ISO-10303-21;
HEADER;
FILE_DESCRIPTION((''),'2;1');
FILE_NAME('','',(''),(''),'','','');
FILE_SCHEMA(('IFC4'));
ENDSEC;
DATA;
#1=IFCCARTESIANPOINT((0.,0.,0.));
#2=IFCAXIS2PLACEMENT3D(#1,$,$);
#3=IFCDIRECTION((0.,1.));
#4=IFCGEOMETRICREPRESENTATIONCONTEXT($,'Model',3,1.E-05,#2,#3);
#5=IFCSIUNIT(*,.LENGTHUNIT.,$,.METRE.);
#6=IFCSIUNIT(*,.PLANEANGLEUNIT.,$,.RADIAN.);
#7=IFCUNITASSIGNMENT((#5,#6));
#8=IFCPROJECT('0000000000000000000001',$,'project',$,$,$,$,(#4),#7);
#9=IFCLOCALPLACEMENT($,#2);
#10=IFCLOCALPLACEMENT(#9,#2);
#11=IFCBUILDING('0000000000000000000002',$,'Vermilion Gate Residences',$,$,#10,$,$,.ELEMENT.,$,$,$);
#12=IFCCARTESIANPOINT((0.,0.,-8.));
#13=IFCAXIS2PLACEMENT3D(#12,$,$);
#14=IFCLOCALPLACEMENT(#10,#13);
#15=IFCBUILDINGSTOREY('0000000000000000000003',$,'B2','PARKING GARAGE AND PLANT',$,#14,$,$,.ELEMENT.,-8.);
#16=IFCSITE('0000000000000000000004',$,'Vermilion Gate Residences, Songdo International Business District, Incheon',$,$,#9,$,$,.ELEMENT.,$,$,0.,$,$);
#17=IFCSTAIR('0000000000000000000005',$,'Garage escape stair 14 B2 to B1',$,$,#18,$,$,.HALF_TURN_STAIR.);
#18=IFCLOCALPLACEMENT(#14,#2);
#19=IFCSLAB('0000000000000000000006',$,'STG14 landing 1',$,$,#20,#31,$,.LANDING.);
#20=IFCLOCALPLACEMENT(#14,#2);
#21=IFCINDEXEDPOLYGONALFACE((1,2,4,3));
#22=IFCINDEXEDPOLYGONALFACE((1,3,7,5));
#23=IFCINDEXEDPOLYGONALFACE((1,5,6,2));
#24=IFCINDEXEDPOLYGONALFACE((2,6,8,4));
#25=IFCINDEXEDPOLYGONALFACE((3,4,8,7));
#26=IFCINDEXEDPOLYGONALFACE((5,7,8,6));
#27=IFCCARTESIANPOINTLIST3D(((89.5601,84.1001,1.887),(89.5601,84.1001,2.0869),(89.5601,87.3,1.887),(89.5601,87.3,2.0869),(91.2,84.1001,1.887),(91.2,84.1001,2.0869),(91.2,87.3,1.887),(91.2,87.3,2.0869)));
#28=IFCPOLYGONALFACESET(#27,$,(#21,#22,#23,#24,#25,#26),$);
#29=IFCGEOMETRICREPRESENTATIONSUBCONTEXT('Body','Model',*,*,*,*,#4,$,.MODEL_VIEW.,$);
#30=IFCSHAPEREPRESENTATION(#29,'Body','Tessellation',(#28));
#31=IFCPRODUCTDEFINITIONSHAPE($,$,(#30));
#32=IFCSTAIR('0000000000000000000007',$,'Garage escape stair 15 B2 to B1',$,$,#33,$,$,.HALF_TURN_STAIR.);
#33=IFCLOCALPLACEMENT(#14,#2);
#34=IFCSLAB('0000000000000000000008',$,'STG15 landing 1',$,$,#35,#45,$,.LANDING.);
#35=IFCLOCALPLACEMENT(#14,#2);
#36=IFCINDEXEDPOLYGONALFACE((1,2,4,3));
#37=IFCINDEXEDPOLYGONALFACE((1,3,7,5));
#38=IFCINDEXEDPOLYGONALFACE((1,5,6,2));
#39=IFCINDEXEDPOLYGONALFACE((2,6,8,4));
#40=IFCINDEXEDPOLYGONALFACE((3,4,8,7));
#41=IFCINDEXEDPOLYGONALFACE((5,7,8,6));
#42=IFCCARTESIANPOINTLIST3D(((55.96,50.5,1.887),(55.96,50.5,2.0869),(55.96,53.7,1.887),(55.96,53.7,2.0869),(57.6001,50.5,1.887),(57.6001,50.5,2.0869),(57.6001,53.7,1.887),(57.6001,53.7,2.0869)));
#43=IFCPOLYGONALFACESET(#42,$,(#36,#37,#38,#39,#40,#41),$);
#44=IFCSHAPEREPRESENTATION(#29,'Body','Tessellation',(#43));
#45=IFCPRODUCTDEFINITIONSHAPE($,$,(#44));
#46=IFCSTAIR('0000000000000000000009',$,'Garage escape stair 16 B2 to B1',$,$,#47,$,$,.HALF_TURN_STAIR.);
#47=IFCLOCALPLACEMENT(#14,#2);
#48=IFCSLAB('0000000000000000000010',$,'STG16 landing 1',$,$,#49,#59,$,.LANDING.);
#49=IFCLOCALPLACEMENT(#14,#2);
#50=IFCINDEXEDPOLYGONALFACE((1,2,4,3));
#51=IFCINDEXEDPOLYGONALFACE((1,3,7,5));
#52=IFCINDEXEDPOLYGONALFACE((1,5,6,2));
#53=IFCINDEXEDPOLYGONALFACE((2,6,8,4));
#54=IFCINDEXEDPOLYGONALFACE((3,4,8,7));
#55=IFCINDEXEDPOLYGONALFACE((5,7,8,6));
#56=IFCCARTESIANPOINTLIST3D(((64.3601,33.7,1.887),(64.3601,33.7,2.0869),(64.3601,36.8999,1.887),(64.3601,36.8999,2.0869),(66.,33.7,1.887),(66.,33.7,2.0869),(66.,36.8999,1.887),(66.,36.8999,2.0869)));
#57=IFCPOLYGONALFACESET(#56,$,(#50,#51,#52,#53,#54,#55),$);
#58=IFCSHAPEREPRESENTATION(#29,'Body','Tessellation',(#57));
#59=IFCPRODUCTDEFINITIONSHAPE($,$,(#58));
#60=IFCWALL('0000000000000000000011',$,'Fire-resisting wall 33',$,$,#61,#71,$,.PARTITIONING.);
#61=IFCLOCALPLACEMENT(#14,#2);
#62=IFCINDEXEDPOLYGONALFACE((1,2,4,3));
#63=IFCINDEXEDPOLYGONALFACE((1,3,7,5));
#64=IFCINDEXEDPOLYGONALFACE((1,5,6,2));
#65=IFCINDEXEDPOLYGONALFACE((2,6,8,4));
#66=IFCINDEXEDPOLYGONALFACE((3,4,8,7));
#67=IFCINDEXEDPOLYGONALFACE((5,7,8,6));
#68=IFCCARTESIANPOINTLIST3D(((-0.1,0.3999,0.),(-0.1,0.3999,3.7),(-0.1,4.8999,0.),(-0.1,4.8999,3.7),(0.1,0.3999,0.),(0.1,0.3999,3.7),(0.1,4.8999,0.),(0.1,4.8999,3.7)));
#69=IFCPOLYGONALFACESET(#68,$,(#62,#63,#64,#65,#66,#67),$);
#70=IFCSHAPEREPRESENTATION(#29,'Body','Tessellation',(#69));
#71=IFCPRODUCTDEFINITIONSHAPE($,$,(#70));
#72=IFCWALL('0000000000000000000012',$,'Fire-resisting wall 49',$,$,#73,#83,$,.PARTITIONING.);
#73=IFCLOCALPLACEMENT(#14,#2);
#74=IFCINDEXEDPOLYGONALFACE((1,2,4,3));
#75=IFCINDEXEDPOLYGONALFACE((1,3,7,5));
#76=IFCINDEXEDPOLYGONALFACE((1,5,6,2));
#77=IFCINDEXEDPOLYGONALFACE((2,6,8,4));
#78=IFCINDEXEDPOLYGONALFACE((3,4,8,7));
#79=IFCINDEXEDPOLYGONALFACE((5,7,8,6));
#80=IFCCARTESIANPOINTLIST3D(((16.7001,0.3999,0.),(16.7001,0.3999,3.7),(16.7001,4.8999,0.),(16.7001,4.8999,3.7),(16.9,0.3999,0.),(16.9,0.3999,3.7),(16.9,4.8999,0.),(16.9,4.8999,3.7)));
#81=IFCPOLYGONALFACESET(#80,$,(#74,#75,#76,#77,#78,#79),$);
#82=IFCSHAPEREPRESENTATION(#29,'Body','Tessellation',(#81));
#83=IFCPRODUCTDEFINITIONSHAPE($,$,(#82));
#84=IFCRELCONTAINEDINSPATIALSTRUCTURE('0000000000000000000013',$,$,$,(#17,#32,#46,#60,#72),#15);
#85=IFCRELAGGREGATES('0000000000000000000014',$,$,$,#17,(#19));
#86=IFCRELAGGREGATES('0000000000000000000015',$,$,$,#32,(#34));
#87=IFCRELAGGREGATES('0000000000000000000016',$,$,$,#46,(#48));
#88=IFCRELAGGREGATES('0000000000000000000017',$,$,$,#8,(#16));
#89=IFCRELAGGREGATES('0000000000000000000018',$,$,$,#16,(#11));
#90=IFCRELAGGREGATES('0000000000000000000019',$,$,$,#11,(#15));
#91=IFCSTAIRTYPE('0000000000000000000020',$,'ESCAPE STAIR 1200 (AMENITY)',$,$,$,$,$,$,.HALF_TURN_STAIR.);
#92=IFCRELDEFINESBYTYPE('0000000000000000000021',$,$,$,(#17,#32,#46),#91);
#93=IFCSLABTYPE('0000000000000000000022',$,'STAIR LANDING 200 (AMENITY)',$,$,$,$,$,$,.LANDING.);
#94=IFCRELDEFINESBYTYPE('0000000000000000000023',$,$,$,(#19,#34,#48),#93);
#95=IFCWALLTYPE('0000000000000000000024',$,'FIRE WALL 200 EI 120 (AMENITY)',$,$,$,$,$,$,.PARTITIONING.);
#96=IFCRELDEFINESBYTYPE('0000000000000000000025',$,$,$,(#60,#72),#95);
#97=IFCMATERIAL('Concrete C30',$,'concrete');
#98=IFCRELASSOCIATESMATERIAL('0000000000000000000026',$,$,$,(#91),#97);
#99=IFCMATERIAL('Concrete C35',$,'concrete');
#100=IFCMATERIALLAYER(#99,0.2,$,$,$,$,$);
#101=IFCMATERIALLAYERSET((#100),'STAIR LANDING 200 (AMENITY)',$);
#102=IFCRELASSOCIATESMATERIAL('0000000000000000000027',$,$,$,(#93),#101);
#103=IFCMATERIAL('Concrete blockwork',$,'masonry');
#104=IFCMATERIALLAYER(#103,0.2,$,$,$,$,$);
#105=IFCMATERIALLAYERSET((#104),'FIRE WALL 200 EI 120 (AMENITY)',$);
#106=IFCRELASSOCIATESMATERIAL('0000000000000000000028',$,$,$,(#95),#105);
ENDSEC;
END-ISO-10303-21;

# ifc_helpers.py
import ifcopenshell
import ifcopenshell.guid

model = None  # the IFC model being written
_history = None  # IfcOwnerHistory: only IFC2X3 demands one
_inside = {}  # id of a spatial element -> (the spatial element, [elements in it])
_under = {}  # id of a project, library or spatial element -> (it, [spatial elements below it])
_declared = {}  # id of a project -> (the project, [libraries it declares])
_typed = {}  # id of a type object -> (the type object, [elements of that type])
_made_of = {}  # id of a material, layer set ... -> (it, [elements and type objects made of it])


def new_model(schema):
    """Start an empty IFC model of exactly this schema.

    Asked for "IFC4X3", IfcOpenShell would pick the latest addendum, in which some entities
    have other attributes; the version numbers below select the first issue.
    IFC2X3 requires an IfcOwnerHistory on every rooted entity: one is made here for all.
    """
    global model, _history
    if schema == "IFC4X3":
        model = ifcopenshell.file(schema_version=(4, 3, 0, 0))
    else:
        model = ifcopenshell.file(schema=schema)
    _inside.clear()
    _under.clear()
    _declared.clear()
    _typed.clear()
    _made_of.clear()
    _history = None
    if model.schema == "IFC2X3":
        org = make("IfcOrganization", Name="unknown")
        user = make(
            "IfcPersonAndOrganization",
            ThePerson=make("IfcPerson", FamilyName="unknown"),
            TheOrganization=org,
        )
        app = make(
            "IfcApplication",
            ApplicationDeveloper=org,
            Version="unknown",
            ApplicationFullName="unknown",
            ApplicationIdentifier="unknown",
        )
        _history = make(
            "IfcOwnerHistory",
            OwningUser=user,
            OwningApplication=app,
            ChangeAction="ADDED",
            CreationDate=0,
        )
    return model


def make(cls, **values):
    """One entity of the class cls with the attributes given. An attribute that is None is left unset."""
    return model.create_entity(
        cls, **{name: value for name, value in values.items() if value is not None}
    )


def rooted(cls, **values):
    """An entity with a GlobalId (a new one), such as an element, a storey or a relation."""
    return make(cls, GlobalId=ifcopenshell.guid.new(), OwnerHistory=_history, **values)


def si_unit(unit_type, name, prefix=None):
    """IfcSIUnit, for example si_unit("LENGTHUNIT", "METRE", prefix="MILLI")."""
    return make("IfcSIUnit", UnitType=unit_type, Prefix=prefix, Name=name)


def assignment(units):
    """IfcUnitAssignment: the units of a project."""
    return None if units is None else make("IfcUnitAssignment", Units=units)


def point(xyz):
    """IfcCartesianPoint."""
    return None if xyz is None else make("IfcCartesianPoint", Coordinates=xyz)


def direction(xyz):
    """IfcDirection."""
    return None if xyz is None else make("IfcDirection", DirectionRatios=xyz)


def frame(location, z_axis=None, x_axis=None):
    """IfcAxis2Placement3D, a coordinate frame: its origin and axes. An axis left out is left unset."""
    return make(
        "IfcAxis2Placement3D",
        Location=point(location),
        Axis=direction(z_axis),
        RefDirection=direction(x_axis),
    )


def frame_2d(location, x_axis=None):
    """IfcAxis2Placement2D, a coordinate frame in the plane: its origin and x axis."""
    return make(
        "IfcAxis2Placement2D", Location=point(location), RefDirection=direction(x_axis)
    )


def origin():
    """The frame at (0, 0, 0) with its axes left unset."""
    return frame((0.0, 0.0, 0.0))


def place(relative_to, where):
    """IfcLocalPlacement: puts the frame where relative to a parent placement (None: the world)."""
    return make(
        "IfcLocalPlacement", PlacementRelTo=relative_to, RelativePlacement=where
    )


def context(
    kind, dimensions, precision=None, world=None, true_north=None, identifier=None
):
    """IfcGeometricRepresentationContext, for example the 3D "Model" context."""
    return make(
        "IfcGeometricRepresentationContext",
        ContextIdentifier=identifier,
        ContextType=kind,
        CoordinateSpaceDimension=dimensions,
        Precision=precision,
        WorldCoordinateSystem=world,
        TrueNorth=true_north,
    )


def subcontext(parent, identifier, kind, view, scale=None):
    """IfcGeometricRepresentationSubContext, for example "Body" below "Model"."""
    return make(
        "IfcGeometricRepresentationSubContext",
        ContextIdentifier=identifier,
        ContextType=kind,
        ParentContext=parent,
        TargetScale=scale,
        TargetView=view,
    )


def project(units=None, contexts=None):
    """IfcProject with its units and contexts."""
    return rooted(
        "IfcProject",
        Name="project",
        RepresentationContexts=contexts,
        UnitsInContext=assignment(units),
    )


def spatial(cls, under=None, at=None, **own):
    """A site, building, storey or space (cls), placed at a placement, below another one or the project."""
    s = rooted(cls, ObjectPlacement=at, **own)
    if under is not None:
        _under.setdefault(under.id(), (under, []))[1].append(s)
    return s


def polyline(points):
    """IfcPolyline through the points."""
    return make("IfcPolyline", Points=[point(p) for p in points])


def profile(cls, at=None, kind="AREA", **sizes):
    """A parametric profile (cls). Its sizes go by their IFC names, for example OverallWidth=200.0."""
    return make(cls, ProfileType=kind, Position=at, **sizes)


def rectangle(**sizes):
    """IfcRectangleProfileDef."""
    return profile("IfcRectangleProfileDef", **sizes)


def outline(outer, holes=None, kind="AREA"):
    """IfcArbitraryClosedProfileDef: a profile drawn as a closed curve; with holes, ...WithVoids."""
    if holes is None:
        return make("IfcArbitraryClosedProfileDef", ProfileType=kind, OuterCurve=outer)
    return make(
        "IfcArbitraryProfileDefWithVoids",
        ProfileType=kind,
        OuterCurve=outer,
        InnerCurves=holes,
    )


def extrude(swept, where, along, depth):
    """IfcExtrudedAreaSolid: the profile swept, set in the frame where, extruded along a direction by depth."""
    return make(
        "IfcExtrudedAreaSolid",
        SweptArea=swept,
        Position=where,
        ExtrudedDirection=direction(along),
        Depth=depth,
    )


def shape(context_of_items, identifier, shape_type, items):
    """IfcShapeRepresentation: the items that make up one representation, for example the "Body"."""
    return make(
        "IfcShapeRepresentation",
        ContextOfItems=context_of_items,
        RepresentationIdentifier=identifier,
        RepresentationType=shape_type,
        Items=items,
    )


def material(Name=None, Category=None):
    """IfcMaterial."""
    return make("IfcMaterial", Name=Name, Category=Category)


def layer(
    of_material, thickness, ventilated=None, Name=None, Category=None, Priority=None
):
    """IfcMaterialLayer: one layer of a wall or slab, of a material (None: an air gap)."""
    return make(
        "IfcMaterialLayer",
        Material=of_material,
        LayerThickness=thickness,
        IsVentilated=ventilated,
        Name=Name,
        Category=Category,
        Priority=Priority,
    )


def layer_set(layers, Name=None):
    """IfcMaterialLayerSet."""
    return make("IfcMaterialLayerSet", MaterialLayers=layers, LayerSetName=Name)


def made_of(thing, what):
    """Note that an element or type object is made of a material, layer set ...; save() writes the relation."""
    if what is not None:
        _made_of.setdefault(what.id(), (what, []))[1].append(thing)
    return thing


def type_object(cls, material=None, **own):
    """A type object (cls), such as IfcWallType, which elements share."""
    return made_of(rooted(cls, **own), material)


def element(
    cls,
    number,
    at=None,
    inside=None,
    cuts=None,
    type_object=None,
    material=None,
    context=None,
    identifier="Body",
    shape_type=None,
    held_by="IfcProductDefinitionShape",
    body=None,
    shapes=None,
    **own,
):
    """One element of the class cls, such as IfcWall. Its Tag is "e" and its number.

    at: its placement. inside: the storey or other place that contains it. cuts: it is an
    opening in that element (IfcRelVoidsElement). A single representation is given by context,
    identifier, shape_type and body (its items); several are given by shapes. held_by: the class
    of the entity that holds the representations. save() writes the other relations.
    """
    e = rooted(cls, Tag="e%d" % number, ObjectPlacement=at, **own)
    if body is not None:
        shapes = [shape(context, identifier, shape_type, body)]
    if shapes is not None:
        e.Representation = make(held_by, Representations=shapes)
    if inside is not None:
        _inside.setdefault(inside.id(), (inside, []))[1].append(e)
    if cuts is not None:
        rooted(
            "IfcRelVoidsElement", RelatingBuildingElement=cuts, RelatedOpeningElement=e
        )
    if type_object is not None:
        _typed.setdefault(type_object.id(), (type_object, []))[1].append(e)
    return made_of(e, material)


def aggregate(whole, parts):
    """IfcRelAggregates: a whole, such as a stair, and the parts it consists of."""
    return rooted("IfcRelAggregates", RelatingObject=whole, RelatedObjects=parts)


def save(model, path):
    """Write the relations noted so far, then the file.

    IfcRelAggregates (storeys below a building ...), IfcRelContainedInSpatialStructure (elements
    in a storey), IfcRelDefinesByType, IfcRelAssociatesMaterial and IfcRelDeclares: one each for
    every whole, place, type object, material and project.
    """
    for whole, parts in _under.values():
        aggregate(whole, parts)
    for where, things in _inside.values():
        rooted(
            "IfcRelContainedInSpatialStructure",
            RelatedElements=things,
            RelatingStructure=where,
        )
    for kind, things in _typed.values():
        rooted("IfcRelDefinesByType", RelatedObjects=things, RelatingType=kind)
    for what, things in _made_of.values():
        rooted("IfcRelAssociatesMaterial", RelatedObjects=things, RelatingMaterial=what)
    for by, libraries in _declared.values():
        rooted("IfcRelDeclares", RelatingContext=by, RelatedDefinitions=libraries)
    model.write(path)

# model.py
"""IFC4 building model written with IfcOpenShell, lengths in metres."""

from ifc_helpers import new_model, si_unit, direction, frame, frame_2d, origin, place, context, subcontext, project, spatial, polyline, rectangle, outline, extrude, material, layer, layer_set, type_object, element, aggregate, save


model = new_model("IFC4")

# Units and contexts
model_context = context("Model", 3, precision=1e-05, world=origin(), true_north=direction((0.0, 1.0)))
body_context = subcontext(model_context, "Body", "Model", "MODEL_VIEW")
ifc_project = project(units=[si_unit("LENGTHUNIT", "METRE"), si_unit("PLANEANGLEUNIT", "RADIAN")], contexts=[model_context])

# Site, building, storey
site_placement = place(None, origin())
site = spatial("IfcSite", under=ifc_project, at=site_placement, Name="Vermilion Gate Residences, Songdo International Business District, Incheon", CompositionType="ELEMENT", RefElevation=0.0)
building_placement = place(site_placement, origin())
building = spatial("IfcBuilding", under=site, at=building_placement, Name="Vermilion Gate Residences", CompositionType="ELEMENT")
storey_placement = place(building_placement, frame((0.0, 0.0, -8.0)))
storey = spatial("IfcBuildingStorey", under=building, at=storey_placement, Name="B2", Description="PARKING GARAGE AND PLANT", CompositionType="ELEMENT", Elevation=-8.0)

# Stairs, slabs
ifc_material_1 = material(Name="Concrete C30", Category="concrete")
stair_type = type_object("IfcStairType", Name="ESCAPE STAIR 1200 (AMENITY)", PredefinedType="HALF_TURN_STAIR", material=ifc_material_1)
ifc_material_2 = material(Name="Concrete C35", Category="concrete")
ifc_layer_1 = layer(ifc_material_2, 0.2)
ifc_layer_set_1 = layer_set([ifc_layer_1], Name="STAIR LANDING 200 (AMENITY)")
slab_type_1 = type_object("IfcSlabType", Name="STAIR LANDING 200 (AMENITY)", PredefinedType="LANDING", material=ifc_layer_set_1)
stair_1_placement = place(storey_placement, origin())
stair_1 = element("IfcStair", 1, at=stair_1_placement, inside=storey, type_object=stair_type, Name="Garage escape stair 14 B2 to B1", PredefinedType="HALF_TURN_STAIR")
slab_1_placement = place(storey_placement, frame((0.0, 0.0, 1.887)))
slab_1 = element("IfcSlab", 2, at=slab_1_placement, type_object=slab_type_1, Name="STG14 landing 1", PredefinedType="LANDING", context=body_context, shape_type="SweptSolid", body=[
    extrude(outline(polyline([(89.5601, 84.1001), (91.2, 84.1001), (91.2, 87.3), (89.5601, 87.3), (89.5601, 84.1001)])), origin(), (0.0, 0.0, 1.0), 0.2),
])
aggregate(stair_1, [slab_1])
stair_2_placement = place(storey_placement, origin())
stair_2 = element("IfcStair", 3, at=stair_2_placement, inside=storey, type_object=stair_type, Name="Garage escape stair 15 B2 to B1", PredefinedType="HALF_TURN_STAIR")
slab_2_placement = place(storey_placement, frame((0.0, 0.0, 1.887)))
slab_2 = element("IfcSlab", 4, at=slab_2_placement, type_object=slab_type_1, Name="STG15 landing 1", PredefinedType="LANDING", context=body_context, shape_type="SweptSolid", body=[
    extrude(outline(polyline([(55.96, 50.5), (57.6001, 50.5), (57.6001, 53.7), (55.96, 53.7), (55.96, 50.5)])), origin(), (0.0, 0.0, 1.0), 0.2),
])
aggregate(stair_2, [slab_2])
stair_3_placement = place(storey_placement, origin())
stair_3 = element("IfcStair", 5, at=stair_3_placement, inside=storey, type_object=stair_type, Name="Garage escape stair 16 B2 to B1", PredefinedType="HALF_TURN_STAIR")
slab_3_placement = place(storey_placement, frame((0.0, 0.0, 1.887)))
slab_3 = element("IfcSlab", 6, at=slab_3_placement, type_object=slab_type_1, Name="STG16 landing 1", PredefinedType="LANDING", context=body_context, shape_type="SweptSolid", body=[
    extrude(outline(polyline([(64.3601, 33.7), (66.0, 33.7), (66.0, 36.8999), (64.3601, 36.8999), (64.3601, 33.7)])), origin(), (0.0, 0.0, 1.0), 0.2),
])
aggregate(stair_3, [slab_3])

# Walls
ifc_material_3 = material(Name="Concrete blockwork", Category="masonry")
ifc_layer_2 = layer(ifc_material_3, 0.2)
ifc_layer_set_2 = layer_set([ifc_layer_2], Name="FIRE WALL 200 EI 120 (AMENITY)")
wall_type = type_object("IfcWallType", Name="FIRE WALL 200 EI 120 (AMENITY)", PredefinedType="PARTITIONING", material=ifc_layer_set_2)
for number, where, z_axis, x_axis, name in (
    (7, (0.0, 0.3999, 0.0), (0.0, 0.0, 1.0), (0.0, 1.0, 0.0), "Fire-resisting wall 33"),
    (8, (16.8, 0.3999, 0.0), (0.0, 0.0, 1.0), (0.0, 1.0, 0.0), "Fire-resisting wall 49"),
):
    element("IfcWall", number, at=place(storey_placement, frame(where, z_axis=z_axis, x_axis=x_axis)), inside=storey, type_object=wall_type, Name=name, PredefinedType="PARTITIONING", context=body_context, shape_type="SweptSolid", body=[
        extrude(rectangle(XDim=4.5, YDim=0.2, at=frame_2d((2.25, 0.0))), origin(), (0.0, 0.0, 1.0), 3.7),
    ])

save(model, "model.ifc")
